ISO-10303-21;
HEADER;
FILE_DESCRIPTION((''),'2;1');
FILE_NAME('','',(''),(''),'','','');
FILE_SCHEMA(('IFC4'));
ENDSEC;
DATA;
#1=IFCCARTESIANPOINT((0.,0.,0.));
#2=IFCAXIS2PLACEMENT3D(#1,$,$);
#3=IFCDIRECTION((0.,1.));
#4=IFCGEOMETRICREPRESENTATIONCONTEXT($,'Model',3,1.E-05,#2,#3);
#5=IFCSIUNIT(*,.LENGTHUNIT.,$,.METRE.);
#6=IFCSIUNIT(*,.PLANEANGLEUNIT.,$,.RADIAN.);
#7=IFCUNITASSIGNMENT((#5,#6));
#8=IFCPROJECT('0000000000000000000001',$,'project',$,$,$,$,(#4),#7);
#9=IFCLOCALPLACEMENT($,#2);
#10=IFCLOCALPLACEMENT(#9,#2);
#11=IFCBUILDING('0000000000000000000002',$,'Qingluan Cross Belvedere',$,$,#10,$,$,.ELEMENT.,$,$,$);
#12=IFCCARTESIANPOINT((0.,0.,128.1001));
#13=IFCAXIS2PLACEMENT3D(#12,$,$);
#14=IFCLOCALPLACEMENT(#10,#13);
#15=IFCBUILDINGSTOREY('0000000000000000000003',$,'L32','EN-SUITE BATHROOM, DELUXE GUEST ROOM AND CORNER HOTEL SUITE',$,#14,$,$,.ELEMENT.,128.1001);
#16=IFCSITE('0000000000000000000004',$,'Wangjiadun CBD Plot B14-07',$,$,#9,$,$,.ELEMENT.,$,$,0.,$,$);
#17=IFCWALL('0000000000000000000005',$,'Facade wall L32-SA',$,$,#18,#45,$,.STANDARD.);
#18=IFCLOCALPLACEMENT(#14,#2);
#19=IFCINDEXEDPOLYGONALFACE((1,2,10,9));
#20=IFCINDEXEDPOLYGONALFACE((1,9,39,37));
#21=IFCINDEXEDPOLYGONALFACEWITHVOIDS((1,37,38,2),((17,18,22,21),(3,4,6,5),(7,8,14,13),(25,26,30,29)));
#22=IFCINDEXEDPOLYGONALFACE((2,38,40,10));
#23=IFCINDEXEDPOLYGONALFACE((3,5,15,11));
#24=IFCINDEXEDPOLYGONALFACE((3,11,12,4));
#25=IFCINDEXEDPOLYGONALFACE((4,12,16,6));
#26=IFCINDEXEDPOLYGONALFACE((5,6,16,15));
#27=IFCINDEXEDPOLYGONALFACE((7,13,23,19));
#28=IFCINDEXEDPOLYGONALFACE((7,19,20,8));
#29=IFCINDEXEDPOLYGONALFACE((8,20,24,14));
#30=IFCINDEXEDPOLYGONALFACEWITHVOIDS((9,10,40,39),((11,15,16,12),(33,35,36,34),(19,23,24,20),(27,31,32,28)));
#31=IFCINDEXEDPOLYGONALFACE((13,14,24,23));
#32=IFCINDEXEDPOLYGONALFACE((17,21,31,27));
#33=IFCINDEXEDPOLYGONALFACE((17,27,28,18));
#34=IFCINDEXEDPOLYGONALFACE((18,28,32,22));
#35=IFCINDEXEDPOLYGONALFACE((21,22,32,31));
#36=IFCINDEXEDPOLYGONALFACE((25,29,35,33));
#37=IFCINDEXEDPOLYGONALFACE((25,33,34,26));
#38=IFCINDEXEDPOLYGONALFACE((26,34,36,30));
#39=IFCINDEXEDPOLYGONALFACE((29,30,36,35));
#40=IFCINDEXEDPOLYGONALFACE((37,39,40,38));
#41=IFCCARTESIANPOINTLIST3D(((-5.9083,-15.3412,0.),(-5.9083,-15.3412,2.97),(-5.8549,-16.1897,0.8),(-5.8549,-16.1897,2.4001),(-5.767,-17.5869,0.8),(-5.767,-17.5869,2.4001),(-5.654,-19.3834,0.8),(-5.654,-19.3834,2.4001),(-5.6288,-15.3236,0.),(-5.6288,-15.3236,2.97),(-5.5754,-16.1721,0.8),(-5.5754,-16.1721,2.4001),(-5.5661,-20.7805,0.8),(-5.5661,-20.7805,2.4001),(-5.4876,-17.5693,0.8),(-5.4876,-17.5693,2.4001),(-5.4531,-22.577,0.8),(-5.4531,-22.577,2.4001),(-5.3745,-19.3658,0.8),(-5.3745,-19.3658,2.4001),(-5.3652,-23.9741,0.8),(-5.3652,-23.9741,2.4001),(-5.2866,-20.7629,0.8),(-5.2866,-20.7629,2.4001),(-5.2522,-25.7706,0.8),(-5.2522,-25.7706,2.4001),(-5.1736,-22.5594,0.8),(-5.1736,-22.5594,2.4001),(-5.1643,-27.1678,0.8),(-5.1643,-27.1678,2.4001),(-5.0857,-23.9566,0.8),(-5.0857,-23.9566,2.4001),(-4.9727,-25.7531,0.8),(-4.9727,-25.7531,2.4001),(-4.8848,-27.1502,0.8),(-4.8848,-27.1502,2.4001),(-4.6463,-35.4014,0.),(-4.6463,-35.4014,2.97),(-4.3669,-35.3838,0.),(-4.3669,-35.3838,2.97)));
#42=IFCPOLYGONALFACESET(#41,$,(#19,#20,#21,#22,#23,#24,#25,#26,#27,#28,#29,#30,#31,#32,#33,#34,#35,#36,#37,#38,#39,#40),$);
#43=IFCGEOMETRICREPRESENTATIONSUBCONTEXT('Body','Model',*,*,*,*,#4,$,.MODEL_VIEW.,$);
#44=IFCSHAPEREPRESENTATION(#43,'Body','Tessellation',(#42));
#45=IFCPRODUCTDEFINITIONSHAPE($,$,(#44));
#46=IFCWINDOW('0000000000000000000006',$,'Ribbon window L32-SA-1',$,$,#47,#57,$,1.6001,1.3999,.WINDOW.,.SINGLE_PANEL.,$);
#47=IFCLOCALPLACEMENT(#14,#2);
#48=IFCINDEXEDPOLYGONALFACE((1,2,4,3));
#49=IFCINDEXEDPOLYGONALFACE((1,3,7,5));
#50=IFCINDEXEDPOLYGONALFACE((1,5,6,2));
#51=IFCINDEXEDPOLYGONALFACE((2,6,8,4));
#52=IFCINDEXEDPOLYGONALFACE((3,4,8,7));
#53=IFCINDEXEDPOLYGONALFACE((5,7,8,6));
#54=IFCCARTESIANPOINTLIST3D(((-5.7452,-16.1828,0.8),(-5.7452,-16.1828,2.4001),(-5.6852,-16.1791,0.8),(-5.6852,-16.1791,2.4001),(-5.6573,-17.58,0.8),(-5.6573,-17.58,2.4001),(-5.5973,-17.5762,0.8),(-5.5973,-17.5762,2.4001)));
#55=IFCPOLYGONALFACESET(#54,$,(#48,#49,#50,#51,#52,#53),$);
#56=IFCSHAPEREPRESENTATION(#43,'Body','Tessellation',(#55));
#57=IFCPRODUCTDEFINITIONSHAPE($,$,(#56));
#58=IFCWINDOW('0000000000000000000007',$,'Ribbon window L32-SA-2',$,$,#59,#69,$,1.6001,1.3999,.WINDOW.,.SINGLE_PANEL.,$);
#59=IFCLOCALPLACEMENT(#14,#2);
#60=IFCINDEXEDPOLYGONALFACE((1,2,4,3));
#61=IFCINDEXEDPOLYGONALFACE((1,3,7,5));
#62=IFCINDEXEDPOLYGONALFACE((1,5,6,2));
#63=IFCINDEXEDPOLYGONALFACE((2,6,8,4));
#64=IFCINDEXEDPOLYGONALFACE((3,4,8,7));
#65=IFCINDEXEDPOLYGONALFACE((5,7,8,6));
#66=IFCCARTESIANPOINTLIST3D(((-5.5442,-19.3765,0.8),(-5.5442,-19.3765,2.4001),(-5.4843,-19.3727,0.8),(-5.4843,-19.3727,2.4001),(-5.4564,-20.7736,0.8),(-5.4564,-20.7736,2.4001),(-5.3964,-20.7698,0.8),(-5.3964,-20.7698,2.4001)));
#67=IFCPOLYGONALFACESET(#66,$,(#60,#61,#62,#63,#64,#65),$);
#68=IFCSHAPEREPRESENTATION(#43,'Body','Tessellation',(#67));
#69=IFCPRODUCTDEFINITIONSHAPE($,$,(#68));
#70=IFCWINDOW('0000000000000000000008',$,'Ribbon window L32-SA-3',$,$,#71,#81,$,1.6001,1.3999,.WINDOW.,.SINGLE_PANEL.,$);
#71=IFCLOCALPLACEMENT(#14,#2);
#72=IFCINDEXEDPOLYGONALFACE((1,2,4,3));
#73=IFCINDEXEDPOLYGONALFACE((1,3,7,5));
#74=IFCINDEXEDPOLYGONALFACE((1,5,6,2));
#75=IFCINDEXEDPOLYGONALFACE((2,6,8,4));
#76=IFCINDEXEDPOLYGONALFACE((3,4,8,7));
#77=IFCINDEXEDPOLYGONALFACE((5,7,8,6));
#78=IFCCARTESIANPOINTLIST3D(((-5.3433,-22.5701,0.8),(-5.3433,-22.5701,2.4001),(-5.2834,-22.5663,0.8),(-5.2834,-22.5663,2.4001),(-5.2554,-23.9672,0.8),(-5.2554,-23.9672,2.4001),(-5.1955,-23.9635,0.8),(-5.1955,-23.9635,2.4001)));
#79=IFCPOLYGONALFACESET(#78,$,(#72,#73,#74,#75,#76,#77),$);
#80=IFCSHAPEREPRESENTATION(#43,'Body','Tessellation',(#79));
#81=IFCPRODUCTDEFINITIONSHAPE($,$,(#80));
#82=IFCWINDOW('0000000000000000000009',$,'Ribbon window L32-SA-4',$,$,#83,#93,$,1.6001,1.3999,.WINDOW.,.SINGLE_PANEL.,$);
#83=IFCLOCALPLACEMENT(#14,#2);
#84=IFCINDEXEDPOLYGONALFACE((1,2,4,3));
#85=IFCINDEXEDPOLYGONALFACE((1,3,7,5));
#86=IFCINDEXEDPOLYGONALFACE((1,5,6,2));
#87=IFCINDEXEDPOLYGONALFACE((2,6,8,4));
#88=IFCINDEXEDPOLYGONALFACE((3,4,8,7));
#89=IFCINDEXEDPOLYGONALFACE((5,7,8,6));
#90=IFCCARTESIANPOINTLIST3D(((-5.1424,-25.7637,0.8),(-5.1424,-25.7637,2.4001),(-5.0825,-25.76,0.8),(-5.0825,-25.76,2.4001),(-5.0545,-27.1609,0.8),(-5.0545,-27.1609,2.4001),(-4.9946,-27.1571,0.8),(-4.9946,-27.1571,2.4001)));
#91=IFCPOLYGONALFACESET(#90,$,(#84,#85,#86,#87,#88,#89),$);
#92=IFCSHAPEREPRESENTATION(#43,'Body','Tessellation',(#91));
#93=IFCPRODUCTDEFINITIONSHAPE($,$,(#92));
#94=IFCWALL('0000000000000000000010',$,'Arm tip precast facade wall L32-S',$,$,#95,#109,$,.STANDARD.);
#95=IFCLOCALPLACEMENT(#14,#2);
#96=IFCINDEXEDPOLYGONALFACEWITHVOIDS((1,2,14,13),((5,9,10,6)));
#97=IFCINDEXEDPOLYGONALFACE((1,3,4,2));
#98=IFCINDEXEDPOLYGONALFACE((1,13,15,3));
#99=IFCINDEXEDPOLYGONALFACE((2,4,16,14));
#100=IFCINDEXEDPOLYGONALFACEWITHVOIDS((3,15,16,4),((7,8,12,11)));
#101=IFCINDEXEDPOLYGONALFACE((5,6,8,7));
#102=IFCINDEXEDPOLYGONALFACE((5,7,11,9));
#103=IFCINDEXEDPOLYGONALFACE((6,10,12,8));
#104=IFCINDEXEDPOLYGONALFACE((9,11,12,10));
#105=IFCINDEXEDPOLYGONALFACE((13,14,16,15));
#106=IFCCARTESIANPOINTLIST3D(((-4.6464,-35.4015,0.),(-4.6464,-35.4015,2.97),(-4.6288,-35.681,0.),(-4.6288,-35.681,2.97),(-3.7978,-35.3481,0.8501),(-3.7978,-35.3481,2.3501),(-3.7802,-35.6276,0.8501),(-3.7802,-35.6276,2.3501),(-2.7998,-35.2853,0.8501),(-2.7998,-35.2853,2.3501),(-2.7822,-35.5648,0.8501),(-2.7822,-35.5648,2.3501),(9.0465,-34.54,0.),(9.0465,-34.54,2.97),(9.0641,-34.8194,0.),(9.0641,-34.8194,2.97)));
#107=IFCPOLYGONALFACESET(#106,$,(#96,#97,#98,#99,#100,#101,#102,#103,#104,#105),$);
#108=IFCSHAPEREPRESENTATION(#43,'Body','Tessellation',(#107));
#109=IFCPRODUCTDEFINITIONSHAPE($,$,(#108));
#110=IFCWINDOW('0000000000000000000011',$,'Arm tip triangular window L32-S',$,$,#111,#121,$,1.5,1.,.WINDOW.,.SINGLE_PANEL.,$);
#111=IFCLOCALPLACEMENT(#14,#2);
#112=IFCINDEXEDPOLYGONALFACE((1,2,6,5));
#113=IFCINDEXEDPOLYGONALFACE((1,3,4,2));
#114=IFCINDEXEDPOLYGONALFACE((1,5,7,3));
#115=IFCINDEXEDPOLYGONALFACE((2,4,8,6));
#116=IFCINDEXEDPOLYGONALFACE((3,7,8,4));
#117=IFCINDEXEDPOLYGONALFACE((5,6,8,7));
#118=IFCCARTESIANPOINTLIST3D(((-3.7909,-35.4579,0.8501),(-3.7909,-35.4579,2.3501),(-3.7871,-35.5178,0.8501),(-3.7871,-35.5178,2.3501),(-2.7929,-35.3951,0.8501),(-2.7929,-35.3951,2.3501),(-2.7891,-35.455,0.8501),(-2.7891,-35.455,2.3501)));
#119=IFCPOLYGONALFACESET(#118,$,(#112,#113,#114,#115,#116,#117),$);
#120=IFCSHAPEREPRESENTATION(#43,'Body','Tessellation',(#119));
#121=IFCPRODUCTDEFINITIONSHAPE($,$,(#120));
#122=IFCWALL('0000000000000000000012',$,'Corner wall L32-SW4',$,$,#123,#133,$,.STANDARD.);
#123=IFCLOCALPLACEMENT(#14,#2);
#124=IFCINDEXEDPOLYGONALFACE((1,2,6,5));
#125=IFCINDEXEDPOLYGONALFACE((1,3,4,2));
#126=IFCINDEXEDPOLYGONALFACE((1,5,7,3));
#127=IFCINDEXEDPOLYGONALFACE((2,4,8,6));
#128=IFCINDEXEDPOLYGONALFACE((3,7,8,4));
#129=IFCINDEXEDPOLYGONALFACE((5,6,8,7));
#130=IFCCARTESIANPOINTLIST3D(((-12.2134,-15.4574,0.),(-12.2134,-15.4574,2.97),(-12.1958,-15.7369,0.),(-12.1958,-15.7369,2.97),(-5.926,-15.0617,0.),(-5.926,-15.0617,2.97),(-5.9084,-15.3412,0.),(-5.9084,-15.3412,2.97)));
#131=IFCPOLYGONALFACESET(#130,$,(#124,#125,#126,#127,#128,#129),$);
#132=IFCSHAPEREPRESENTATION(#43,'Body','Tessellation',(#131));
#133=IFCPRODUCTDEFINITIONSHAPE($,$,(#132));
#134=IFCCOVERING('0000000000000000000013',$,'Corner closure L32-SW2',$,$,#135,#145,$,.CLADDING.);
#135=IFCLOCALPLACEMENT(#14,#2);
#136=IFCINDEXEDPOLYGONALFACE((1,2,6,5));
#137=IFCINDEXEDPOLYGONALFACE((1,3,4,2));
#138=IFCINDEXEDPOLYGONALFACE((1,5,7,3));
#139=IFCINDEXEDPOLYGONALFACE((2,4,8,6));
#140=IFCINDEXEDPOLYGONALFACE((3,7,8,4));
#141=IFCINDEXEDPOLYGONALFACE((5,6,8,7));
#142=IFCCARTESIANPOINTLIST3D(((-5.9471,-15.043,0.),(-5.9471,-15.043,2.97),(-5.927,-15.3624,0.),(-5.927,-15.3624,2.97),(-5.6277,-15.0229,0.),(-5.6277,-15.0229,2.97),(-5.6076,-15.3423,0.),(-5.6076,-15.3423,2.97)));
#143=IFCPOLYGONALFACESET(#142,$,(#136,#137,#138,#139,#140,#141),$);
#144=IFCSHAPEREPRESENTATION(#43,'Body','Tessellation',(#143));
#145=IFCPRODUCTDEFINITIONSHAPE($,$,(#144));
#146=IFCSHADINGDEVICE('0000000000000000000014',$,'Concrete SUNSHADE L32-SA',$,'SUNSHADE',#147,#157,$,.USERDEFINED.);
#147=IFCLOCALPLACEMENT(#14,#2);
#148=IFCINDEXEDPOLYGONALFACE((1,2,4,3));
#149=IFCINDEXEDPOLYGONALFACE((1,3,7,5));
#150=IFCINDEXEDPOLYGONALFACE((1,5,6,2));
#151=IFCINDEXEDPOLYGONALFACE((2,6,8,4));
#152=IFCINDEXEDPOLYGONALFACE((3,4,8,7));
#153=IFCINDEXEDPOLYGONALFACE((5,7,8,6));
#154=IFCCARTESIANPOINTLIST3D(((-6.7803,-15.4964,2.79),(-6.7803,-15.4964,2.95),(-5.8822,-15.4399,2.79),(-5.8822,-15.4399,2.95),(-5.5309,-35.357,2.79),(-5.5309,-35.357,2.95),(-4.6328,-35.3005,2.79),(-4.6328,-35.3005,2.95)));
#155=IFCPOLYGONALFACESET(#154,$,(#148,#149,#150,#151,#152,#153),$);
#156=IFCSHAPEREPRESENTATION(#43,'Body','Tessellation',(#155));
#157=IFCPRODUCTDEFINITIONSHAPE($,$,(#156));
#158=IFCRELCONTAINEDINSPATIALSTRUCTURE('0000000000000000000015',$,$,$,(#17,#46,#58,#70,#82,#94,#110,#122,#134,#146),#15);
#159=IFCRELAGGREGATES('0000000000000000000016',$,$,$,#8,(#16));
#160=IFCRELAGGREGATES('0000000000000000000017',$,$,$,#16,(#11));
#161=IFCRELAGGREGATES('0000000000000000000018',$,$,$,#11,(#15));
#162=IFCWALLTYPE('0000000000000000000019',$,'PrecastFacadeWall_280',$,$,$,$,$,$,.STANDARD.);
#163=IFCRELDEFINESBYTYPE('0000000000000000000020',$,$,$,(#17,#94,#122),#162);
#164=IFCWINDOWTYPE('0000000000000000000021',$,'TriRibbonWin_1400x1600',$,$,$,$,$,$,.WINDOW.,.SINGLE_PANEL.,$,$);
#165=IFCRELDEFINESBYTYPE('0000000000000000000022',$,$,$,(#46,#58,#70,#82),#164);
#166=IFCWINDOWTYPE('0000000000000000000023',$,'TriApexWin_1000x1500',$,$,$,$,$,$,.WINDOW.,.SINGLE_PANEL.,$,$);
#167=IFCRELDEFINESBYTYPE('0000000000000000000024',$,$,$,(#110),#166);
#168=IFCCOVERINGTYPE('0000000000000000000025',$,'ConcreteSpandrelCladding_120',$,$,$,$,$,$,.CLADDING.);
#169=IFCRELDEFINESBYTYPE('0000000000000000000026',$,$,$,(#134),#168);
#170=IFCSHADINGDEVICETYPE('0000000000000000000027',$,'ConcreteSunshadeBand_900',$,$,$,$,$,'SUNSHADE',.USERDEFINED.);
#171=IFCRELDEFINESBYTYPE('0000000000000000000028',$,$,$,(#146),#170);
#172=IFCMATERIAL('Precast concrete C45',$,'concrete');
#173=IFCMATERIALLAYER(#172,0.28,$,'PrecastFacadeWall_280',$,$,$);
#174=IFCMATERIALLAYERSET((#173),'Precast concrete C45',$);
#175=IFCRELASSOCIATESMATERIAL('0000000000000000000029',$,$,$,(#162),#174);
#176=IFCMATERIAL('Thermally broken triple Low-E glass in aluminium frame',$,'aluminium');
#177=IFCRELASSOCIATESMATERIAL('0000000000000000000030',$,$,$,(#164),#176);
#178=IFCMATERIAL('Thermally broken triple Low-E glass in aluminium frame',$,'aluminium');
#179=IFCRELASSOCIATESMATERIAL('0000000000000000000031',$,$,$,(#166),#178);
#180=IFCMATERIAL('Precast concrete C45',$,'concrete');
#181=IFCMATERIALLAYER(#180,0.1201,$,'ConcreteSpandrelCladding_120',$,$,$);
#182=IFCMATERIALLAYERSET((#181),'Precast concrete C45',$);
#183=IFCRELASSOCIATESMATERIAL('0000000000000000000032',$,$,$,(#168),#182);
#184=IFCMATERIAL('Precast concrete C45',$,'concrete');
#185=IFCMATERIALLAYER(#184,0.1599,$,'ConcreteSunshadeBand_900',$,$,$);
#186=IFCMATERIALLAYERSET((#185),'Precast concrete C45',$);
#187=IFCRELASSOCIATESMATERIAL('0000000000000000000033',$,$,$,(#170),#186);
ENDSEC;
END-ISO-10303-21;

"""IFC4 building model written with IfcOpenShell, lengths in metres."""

from ifc_helpers import new_model, si_unit, direction, frame, frame_2d, origin, origin_2d, place, context, subcontext, project, spatial, rectangle, extrude, material, layer, layer_set, type_object, element, fill, save


model = new_model("IFC4")

# Units and contexts
model_context = context("Model", 3, precision=1e-05, world=origin(), true_north=direction((0.0, 1.0)))
body_context = subcontext(model_context, "Body", "Model", "MODEL_VIEW")
ifc_project = project(units=[si_unit("LENGTHUNIT", "METRE"), si_unit("PLANEANGLEUNIT", "RADIAN")], contexts=[model_context])

# Site, building, storey
site_placement = place(None, origin())
site = spatial("IfcSite", under=ifc_project, at=site_placement, Name="Wangjiadun CBD Plot B14-07", CompositionType="ELEMENT", RefElevation=0.0)
building_placement = place(site_placement, origin())
building = spatial("IfcBuilding", under=site, at=building_placement, Name="Qingluan Cross Belvedere", CompositionType="ELEMENT")
storey_placement = place(building_placement, frame((0.0, 0.0, 128.1001)))
storey = spatial("IfcBuildingStorey", under=building, at=storey_placement, Name="L32", Description="EN-SUITE BATHROOM, DELUXE GUEST ROOM AND CORNER HOTEL SUITE", CompositionType="ELEMENT", Elevation=128.1001)

# Wall, openings, windows
ifc_material_1 = material(Name="Precast concrete C45", Category="concrete")
ifc_layer_1 = layer(ifc_material_1, 0.28, Name="PrecastFacadeWall_280")
ifc_layer_set_1 = layer_set([ifc_layer_1], Name="Precast concrete C45")
wall_type_1 = type_object("IfcWallType", Name="PrecastFacadeWall_280", PredefinedType="STANDARD", material=ifc_layer_set_1)
wall_1_placement = place(storey_placement, frame((-5.7686, -15.3325, 0.0), z_axis=(0.0, 0.0, 1.0), x_axis=(0.062784, -0.998027, 0.0)))
wall_1 = element("IfcWall", 1, at=wall_1_placement, inside=storey, type_object=wall_type_1, Name="Facade wall L32-SA", PredefinedType="STANDARD", context=body_context, shape_type="SweptSolid", body=[
    extrude(rectangle(XDim=20.0999, YDim=0.28, at=frame_2d((10.0498, 0.0))), origin(), (0.0, 0.0, 1.0), 2.97),
])
opening_1_placement = place(wall_1_placement, frame((0.8501, 0.0, 0.8)))
opening_1 = element("IfcOpeningElement", 2, at=opening_1_placement, cuts=wall_1, PredefinedType="OPENING", context=body_context, shape_type="SweptSolid", body=[
    extrude(rectangle(XDim=1.3999, YDim=1.6001, at=frame_2d((0.7, 0.8))), frame((0.0, 0.1499, 0.0), z_axis=(0.0, -1.0, 0.0), x_axis=(1.0, 0.0, 0.0)), (0.0, 0.0, 1.0), 0.3),
])
opening_2_placement = place(wall_1_placement, frame((4.05, 0.0, 0.8)))
opening_2 = element("IfcOpeningElement", 3, at=opening_2_placement, cuts=wall_1, PredefinedType="OPENING", context=body_context, shape_type="SweptSolid", body=[
    extrude(rectangle(XDim=1.3999, YDim=1.6001, at=frame_2d((0.7, 0.8))), frame((0.0, 0.1499, 0.0), z_axis=(0.0, -1.0, 0.0), x_axis=(1.0, 0.0, 0.0)), (0.0, 0.0, 1.0), 0.3),
])
opening_3_placement = place(wall_1_placement, frame((7.25, 0.0, 0.8)))
opening_3 = element("IfcOpeningElement", 4, at=opening_3_placement, cuts=wall_1, PredefinedType="OPENING", context=body_context, shape_type="SweptSolid", body=[
    extrude(rectangle(XDim=1.3999, YDim=1.6001, at=frame_2d((0.7, 0.8))), frame((0.0, 0.1499, 0.0), z_axis=(0.0, -1.0, 0.0), x_axis=(1.0, 0.0, 0.0)), (0.0, 0.0, 1.0), 0.3),
])
opening_4_placement = place(wall_1_placement, frame((10.45, 0.0, 0.8)))
opening_4 = element("IfcOpeningElement", 5, at=opening_4_placement, cuts=wall_1, PredefinedType="OPENING", context=body_context, shape_type="SweptSolid", body=[
    extrude(rectangle(XDim=1.3999, YDim=1.6001, at=frame_2d((0.7, 0.8))), frame((0.0, 0.1499, 0.0), z_axis=(0.0, -1.0, 0.0), x_axis=(1.0, 0.0, 0.0)), (0.0, 0.0, 1.0), 0.3),
])
ifc_material_2 = material(Name="Thermally broken triple Low-E glass in aluminium frame", Category="aluminium")
window_type_1 = type_object("IfcWindowType", Name="TriRibbonWin_1400x1600", PartitioningType="SINGLE_PANEL", PredefinedType="WINDOW", material=ifc_material_2)
window_1_placement = place(opening_1_placement, origin())
window_1 = element("IfcWindow", 6, at=window_1_placement, inside=storey, type_object=window_type_1, Name="Ribbon window L32-SA-1", OverallHeight=1.6001, OverallWidth=1.3999, PartitioningType="SINGLE_PANEL", PredefinedType="WINDOW", context=body_context, shape_type="SweptSolid", body=[
    extrude(rectangle(XDim=1.3999, YDim=1.6001, at=frame_2d((0.7, 0.8))), frame((0.0, 0.03, 0.0), z_axis=(0.0, -1.0, 0.0), x_axis=(1.0, 0.0, 0.0)), (0.0, 0.0, 1.0), 0.0601),
])
fill(opening_1, window_1)
window_2_placement = place(opening_2_placement, origin())
window_2 = element("IfcWindow", 7, at=window_2_placement, inside=storey, type_object=window_type_1, Name="Ribbon window L32-SA-2", OverallHeight=1.6001, OverallWidth=1.3999, PartitioningType="SINGLE_PANEL", PredefinedType="WINDOW", context=body_context, shape_type="SweptSolid", body=[
    extrude(rectangle(XDim=1.3999, YDim=1.6001, at=frame_2d((0.7, 0.8))), frame((0.0, 0.03, 0.0), z_axis=(0.0, -1.0, 0.0), x_axis=(1.0, 0.0, 0.0)), (0.0, 0.0, 1.0), 0.0601),
])
fill(opening_2, window_2)
window_3_placement = place(opening_3_placement, origin())
window_3 = element("IfcWindow", 8, at=window_3_placement, inside=storey, type_object=window_type_1, Name="Ribbon window L32-SA-3", OverallHeight=1.6001, OverallWidth=1.3999, PartitioningType="SINGLE_PANEL", PredefinedType="WINDOW", context=body_context, shape_type="SweptSolid", body=[
    extrude(rectangle(XDim=1.3999, YDim=1.6001, at=frame_2d((0.7, 0.8))), frame((0.0, 0.03, 0.0), z_axis=(0.0, -1.0, 0.0), x_axis=(1.0, 0.0, 0.0)), (0.0, 0.0, 1.0), 0.0601),
])
fill(opening_3, window_3)
window_4_placement = place(opening_4_placement, origin())
window_4 = element("IfcWindow", 9, at=window_4_placement, inside=storey, type_object=window_type_1, Name="Ribbon window L32-SA-4", OverallHeight=1.6001, OverallWidth=1.3999, PartitioningType="SINGLE_PANEL", PredefinedType="WINDOW", context=body_context, shape_type="SweptSolid", body=[
    extrude(rectangle(XDim=1.3999, YDim=1.6001, at=frame_2d((0.7, 0.8))), frame((0.0, 0.03, 0.0), z_axis=(0.0, -1.0, 0.0), x_axis=(1.0, 0.0, 0.0)), (0.0, 0.0, 1.0), 0.0601),
])
fill(opening_4, window_4)

# Wall, opening, window
wall_2_placement = place(storey_placement, frame((-4.6375, -35.5413, 0.0), z_axis=(0.0, 0.0, 1.0), x_axis=(0.998026, 0.062797, 0.0)))
wall_2 = element("IfcWall", 10, at=wall_2_placement, inside=storey, type_object=wall_type_1, Name="Arm tip precast facade wall L32-S", PredefinedType="STANDARD", context=body_context, shape_type="SweptSolid", body=[
    extrude(rectangle(XDim=13.72, YDim=0.28, at=frame_2d((6.8599, 0.0))), origin(), (0.0, 0.0, 1.0), 2.97),
])
opening_5_placement = place(wall_2_placement, frame((0.8501, 0.0, 0.8501)))
opening_5 = element("IfcOpeningElement", 11, at=opening_5_placement, cuts=wall_2, PredefinedType="OPENING", context=body_context, shape_type="SweptSolid", body=[
    extrude(rectangle(XDim=1.0, YDim=1.5, at=frame_2d((0.5, 0.75))), frame((0.0, 0.1499, 0.0), z_axis=(0.0, -1.0, 0.0), x_axis=(1.0, 0.0, 0.0)), (0.0, 0.0, 1.0), 0.3),
])
ifc_material_3 = material(Name="Thermally broken triple Low-E glass in aluminium frame", Category="aluminium")
window_type_2 = type_object("IfcWindowType", Name="TriApexWin_1000x1500", PartitioningType="SINGLE_PANEL", PredefinedType="WINDOW", material=ifc_material_3)
window_5_placement = place(opening_5_placement, origin())
window_5 = element("IfcWindow", 12, at=window_5_placement, inside=storey, type_object=window_type_2, Name="Arm tip triangular window L32-S", OverallHeight=1.5, OverallWidth=1.0, PartitioningType="SINGLE_PANEL", PredefinedType="WINDOW", context=body_context, shape_type="SweptSolid", body=[
    extrude(rectangle(XDim=1.0, YDim=1.5, at=frame_2d((0.5, 0.75))), frame((0.0, 0.03, 0.0), z_axis=(0.0, -1.0, 0.0), x_axis=(1.0, 0.0, 0.0)), (0.0, 0.0, 1.0), 0.0601),
])
fill(opening_5, window_5)

# Wall
wall_3_placement = place(storey_placement, frame((-12.2046, -15.5972, 0.0), z_axis=(0.0, 0.0, 1.0), x_axis=(0.998025, 0.06282, 0.0)))
element("IfcWall", 13, at=wall_3_placement, inside=storey, type_object=wall_type_1, Name="Corner wall L32-SW4", PredefinedType="STANDARD", context=body_context, shape_type="SweptSolid", body=[
    extrude(rectangle(XDim=6.2998, YDim=0.28, at=frame_2d((3.1499, 0.0))), origin(), (0.0, 0.0, 1.0), 2.97),
])

# Covering
ifc_material_4 = material(Name="Precast concrete C45", Category="concrete")
ifc_layer_2 = layer(ifc_material_4, 0.1201, Name="ConcreteSpandrelCladding_120")
ifc_layer_set_2 = layer_set([ifc_layer_2], Name="Precast concrete C45")
covering_type = type_object("IfcCoveringType", Name="ConcreteSpandrelCladding_120", PredefinedType="CLADDING", material=ifc_layer_set_2)
covering_placement = place(storey_placement, frame((-5.7773, -15.1926, 0.0), z_axis=(0.0, 0.0, 1.0), x_axis=(0.998027, 0.062791, 0.0)))
element("IfcCovering", 14, at=covering_placement, inside=storey, type_object=covering_type, Name="Corner closure L32-SW2", PredefinedType="CLADDING", context=body_context, shape_type="SweptSolid", body=[
    extrude(rectangle(XDim=0.3201, YDim=0.3201, at=origin_2d()), origin(), (0.0, 0.0, 1.0), 2.97),
])

# Shading device
ifc_material_5 = material(Name="Precast concrete C45", Category="concrete")
ifc_layer_3 = layer(ifc_material_5, 0.1599, Name="ConcreteSunshadeBand_900")
ifc_layer_set_3 = layer_set([ifc_layer_3], Name="Precast concrete C45")
shading_device_type = type_object("IfcShadingDeviceType", Name="ConcreteSunshadeBand_900", ElementType="SUNSHADE", PredefinedType="USERDEFINED", material=ifc_layer_set_3)
shading_device_placement = place(storey_placement, frame((-5.7065, -25.3984, 2.79), z_axis=(0.0, 0.0, 1.0), x_axis=(0.062786, -0.998027, 0.0)))
element("IfcShadingDevice", 15, at=shading_device_placement, inside=storey, type_object=shading_device_type, Name="Concrete SUNSHADE L32-SA", ObjectType="SUNSHADE", PredefinedType="USERDEFINED", context=body_context, shape_type="SweptSolid", body=[
    extrude(rectangle(XDim=19.8999, YDim=0.8999, at=origin_2d()), origin(), (0.0, 0.0, 1.0), 0.1599),
])

save(model, "model.ifc")
